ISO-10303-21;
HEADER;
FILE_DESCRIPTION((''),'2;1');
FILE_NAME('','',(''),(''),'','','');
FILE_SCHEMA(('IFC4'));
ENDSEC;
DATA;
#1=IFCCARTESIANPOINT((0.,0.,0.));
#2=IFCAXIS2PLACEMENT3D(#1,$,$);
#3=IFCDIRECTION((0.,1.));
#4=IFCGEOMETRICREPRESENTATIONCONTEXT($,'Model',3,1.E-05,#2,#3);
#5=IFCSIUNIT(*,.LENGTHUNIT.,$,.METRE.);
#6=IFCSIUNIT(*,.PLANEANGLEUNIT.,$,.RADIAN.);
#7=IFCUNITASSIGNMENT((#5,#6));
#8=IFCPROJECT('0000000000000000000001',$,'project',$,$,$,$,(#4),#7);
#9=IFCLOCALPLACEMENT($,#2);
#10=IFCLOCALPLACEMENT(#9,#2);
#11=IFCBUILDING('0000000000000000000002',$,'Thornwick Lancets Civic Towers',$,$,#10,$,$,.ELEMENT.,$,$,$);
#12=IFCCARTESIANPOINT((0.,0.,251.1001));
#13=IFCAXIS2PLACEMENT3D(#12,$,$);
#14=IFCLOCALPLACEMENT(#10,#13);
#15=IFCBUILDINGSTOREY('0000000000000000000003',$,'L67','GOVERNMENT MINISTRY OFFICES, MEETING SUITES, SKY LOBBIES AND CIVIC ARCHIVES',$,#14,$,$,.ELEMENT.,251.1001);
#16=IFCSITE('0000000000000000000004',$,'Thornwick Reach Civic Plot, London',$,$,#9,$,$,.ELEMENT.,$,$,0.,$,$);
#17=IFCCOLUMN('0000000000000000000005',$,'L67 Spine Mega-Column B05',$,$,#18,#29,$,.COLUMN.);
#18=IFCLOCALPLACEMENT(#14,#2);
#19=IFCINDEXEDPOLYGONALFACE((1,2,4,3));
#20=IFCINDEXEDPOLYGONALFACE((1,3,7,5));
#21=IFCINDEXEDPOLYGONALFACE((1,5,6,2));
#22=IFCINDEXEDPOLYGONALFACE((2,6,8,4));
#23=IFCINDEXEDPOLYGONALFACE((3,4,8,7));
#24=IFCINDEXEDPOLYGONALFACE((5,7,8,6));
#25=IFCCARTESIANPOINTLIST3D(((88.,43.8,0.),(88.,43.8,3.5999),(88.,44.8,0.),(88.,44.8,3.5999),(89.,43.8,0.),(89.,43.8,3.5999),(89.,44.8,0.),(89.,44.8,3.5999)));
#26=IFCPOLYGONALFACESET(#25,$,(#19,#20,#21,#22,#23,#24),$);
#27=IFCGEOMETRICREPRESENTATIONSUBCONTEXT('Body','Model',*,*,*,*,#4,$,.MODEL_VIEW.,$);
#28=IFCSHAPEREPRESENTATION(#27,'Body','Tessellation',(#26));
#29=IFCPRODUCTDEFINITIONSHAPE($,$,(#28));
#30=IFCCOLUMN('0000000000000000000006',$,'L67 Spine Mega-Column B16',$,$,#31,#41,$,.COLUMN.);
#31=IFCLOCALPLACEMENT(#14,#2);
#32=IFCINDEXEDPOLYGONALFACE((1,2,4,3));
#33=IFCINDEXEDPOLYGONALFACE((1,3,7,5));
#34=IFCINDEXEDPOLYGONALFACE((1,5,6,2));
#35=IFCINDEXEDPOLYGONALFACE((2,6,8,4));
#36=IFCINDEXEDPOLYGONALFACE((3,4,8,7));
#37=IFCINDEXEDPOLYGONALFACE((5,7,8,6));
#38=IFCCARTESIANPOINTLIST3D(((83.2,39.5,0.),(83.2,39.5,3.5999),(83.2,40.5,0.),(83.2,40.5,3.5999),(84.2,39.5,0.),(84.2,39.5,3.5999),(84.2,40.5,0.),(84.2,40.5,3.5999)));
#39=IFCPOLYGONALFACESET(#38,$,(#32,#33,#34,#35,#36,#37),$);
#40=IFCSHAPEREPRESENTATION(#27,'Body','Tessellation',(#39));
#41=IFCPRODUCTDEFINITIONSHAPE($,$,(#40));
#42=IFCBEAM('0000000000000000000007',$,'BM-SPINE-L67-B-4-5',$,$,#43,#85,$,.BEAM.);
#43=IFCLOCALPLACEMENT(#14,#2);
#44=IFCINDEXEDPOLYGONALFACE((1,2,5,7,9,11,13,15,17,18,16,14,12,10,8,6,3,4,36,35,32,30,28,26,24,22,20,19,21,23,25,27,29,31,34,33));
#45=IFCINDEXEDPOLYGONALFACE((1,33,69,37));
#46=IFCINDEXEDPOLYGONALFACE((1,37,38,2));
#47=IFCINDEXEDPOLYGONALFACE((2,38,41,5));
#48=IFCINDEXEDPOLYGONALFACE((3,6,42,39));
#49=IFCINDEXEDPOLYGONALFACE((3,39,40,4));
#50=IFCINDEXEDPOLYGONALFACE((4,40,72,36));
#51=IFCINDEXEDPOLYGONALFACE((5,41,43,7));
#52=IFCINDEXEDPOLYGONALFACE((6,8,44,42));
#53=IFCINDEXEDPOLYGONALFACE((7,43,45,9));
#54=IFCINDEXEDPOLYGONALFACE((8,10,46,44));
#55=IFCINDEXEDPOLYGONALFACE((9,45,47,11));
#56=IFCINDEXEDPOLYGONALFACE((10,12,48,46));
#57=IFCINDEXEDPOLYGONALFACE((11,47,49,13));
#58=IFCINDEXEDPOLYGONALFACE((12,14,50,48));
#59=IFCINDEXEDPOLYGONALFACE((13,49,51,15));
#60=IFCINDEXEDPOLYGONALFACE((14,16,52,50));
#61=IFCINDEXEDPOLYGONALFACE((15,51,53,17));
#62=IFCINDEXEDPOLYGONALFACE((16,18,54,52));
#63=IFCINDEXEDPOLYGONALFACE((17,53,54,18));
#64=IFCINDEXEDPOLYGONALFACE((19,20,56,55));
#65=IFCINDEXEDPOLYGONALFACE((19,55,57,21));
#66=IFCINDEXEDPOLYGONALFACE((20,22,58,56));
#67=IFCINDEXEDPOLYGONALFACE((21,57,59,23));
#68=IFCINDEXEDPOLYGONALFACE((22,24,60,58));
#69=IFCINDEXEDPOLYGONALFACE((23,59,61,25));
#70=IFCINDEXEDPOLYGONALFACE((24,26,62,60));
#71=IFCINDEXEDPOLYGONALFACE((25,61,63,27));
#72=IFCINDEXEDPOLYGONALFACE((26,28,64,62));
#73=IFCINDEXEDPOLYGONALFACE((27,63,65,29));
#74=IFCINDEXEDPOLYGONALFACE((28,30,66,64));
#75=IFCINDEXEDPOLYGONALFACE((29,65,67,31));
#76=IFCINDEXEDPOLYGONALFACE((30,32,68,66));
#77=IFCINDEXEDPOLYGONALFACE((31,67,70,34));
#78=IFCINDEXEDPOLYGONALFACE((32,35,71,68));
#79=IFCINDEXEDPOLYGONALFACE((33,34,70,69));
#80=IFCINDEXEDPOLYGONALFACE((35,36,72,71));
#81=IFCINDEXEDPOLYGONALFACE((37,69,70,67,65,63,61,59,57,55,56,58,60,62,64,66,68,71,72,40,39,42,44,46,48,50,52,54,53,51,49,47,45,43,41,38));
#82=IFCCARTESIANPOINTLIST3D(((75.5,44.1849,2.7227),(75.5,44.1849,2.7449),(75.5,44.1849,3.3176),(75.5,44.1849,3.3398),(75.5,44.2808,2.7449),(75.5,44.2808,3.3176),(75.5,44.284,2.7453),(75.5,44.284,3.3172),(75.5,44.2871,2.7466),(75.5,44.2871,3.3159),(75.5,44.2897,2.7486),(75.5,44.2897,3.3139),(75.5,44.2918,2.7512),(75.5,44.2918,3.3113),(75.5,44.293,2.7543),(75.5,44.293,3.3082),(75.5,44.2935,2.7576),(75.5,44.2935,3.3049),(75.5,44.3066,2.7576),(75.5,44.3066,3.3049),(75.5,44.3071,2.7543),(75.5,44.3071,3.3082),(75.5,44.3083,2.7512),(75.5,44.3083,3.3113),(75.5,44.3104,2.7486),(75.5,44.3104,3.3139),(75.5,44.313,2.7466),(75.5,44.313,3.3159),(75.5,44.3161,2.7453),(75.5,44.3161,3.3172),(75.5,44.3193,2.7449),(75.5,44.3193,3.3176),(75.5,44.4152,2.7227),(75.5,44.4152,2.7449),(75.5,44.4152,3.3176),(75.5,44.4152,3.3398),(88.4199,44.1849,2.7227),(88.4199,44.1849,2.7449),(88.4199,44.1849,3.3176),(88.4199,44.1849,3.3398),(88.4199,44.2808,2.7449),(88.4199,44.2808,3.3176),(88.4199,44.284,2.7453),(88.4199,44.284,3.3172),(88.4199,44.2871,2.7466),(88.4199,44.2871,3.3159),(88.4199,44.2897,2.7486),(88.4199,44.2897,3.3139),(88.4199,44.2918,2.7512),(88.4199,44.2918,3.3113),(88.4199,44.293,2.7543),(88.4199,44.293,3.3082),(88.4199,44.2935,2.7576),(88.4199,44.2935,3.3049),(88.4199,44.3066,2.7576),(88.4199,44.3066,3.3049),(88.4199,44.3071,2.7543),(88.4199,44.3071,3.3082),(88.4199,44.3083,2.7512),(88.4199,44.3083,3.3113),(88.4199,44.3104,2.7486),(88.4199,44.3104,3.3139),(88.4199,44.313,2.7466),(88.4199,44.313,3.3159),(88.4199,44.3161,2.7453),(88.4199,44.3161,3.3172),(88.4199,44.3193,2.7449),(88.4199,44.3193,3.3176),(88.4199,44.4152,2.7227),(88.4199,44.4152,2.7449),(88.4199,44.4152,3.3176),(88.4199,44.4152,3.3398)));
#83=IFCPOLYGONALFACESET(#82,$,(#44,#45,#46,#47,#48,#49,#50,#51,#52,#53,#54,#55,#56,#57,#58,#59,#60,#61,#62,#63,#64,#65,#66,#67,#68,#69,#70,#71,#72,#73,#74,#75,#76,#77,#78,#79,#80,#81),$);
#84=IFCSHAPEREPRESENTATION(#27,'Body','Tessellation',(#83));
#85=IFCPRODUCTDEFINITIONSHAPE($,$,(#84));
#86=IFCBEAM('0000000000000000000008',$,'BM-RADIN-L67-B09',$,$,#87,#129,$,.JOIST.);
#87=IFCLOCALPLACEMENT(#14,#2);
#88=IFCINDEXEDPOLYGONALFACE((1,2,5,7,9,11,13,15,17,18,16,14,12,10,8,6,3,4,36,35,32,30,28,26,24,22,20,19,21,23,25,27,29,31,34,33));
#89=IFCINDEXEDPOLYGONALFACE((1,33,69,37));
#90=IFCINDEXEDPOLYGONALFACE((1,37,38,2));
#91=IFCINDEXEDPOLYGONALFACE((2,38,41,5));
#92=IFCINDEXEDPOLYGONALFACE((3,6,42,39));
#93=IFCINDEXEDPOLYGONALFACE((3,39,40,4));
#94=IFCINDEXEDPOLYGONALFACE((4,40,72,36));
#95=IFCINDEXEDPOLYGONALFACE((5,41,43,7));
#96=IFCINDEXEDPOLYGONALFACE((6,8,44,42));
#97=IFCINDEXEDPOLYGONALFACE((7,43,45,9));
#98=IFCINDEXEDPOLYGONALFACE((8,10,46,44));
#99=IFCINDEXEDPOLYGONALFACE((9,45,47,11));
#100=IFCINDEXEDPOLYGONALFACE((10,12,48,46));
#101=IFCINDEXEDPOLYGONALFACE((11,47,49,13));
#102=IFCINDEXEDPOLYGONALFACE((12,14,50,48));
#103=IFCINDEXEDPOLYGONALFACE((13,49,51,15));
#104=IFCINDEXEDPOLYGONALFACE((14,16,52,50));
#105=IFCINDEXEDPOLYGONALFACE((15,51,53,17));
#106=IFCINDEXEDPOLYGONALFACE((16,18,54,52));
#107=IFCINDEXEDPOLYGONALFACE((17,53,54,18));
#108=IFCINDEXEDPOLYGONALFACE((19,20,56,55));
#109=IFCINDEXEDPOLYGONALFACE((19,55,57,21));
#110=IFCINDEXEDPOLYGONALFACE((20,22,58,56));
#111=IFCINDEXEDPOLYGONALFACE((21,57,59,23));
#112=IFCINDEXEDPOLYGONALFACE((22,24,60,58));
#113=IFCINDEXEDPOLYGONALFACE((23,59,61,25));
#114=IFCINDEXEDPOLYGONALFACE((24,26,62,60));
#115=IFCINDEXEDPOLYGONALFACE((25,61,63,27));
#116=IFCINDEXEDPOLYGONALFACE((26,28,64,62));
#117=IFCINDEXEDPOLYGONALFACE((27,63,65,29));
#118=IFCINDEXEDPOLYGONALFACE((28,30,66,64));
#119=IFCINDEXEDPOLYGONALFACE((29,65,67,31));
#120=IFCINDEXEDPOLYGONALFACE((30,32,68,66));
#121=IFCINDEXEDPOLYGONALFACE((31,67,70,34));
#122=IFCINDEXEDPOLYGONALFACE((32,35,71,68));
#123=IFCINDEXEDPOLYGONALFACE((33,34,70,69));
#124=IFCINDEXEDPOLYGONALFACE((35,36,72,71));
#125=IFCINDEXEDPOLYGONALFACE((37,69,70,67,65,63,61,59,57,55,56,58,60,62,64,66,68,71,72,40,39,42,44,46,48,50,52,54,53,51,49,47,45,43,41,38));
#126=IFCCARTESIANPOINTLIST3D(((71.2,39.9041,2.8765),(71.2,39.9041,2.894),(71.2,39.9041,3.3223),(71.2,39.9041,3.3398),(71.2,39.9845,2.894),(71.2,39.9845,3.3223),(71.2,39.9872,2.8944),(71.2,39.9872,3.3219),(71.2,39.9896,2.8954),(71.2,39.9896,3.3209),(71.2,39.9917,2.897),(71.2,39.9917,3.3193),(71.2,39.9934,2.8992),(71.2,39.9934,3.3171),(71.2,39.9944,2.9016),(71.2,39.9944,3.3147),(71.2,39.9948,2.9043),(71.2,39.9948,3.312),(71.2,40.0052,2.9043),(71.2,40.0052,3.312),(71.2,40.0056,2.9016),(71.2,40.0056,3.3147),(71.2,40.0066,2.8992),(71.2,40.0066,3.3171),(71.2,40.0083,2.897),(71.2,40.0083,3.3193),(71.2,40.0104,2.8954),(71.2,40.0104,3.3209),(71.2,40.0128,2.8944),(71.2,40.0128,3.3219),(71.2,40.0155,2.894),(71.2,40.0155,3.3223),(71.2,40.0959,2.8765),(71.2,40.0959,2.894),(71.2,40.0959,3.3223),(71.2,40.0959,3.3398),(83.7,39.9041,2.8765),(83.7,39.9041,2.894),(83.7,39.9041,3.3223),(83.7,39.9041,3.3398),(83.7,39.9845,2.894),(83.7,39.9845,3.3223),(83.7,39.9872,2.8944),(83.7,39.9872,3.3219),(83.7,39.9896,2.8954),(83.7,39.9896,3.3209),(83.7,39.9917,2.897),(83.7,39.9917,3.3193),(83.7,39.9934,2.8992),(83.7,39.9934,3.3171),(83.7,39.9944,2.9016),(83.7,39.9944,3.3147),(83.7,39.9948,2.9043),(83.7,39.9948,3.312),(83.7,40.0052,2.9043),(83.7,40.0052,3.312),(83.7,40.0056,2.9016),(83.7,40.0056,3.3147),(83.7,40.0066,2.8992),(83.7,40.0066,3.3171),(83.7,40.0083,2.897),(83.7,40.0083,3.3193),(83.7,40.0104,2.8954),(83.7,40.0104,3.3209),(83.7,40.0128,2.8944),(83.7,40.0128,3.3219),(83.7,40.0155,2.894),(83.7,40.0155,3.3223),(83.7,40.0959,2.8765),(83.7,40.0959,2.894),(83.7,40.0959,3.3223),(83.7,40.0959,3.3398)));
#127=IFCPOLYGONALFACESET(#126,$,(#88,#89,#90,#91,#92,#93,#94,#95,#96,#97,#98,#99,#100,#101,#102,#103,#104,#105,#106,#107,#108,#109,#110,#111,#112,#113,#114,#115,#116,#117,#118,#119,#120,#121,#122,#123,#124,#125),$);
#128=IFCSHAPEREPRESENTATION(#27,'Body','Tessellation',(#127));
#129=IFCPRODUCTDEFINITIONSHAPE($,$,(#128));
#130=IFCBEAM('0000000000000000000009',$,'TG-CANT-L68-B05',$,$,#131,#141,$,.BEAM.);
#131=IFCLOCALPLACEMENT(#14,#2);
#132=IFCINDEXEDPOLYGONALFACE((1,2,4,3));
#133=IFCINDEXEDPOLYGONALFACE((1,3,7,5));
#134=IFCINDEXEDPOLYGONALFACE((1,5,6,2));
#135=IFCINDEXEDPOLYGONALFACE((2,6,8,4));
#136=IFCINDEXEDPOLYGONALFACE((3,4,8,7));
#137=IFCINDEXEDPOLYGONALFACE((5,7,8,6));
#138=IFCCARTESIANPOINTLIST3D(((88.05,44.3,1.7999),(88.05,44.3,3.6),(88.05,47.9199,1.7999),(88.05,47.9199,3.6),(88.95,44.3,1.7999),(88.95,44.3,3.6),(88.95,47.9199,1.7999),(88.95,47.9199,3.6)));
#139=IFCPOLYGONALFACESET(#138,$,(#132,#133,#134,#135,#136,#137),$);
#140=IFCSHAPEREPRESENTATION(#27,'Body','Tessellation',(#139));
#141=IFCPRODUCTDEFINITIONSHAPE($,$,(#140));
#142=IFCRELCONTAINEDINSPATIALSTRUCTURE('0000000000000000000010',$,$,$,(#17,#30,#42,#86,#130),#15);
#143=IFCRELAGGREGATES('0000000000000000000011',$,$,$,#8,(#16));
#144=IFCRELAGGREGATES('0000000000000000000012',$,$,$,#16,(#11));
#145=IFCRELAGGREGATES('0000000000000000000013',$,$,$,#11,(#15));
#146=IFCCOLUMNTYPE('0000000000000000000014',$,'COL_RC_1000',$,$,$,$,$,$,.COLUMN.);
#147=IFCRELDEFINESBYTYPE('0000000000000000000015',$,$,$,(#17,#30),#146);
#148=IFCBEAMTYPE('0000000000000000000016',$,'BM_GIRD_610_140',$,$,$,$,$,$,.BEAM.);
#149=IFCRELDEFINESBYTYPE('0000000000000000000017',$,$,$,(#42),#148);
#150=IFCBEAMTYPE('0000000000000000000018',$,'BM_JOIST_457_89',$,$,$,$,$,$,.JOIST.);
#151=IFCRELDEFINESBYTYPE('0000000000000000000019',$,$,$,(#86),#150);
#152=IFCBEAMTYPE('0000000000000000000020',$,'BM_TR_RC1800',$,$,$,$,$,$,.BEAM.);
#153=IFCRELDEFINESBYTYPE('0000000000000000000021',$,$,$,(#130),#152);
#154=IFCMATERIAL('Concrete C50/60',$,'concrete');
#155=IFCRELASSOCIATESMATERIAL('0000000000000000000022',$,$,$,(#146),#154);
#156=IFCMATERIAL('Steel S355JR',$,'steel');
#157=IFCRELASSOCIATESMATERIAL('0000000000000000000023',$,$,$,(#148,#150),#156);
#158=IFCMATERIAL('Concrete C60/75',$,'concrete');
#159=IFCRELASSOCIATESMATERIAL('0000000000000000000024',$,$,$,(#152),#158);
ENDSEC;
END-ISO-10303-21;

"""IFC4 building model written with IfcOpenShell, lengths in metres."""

from ifc_helpers import new_model, si_unit, direction, frame, origin, origin_2d, place, context, subcontext, project, spatial, rectangle, i_section, extrude, material, material_profile, profile_set, type_object, element, save


model = new_model("IFC4")

# Units and contexts
model_context = context("Model", 3, precision=1e-05, world=origin(), true_north=direction((0.0, 1.0)))
body_context = subcontext(model_context, "Body", "Model", "MODEL_VIEW")
ifc_project = project(units=[si_unit("LENGTHUNIT", "METRE"), si_unit("PLANEANGLEUNIT", "RADIAN")], contexts=[model_context])

# Site, building, storey
site_placement = place(None, origin())
site = spatial("IfcSite", under=ifc_project, at=site_placement, Name="Thornwick Reach Civic Plot, London", CompositionType="ELEMENT", RefElevation=0.0)
building_placement = place(site_placement, origin())
building = spatial("IfcBuilding", under=site, at=building_placement, Name="Thornwick Lancets Civic Towers", CompositionType="ELEMENT")
storey_placement = place(building_placement, frame((0.0, 0.0, 251.1001)))
storey = spatial("IfcBuildingStorey", under=building, at=storey_placement, Name="L67", Description="GOVERNMENT MINISTRY OFFICES, MEETING SUITES, SKY LOBBIES AND CIVIC ARCHIVES", CompositionType="ELEMENT", Elevation=251.1001)

# Columns
ifc_material_1 = material(Name="Concrete C50/60", Category="concrete")
ifc_material_profile_1 = material_profile(ifc_material_1, rectangle(XDim=1.0, YDim=1.0, at=origin_2d()), Name="RC 1000x1000")
ifc_profile_set_1 = profile_set([ifc_material_profile_1], Name="Concrete C50/60")
column_type = type_object("IfcColumnType", Name="COL_RC_1000", PredefinedType="COLUMN", material=ifc_profile_set_1)
for number, where, z_axis, x_axis, name in (
    (1, (88.5, 44.3, 0.0), (0.0, 0.0, 1.0), (1.0, 0.0, 0.0), "L67 Spine Mega-Column B05"),
    (2, (83.7, 40.0, 0.0), (0.0, 0.0, 1.0), (1.0, 0.0, 0.0), "L67 Spine Mega-Column B16"),
):
    element("IfcColumn", number, at=place(storey_placement, frame(where, z_axis=z_axis, x_axis=x_axis)), inside=storey, type_object=column_type, Name=name, PredefinedType="COLUMN", context=body_context, shape_type="SweptSolid", body=[
        extrude(rectangle(XDim=1.0, YDim=1.0, at=origin_2d()), origin(), (0.0, 0.0, 1.0), 3.5999),
    ])

# Beams
ifc_material_2 = material(Name="Steel S355JR", Category="steel")
ifc_material_profile_2 = material_profile(ifc_material_2, i_section(OverallWidth=0.2302, OverallDepth=0.6172, WebThickness=0.0132, FlangeThickness=0.0222, FilletRadius=0.0127, at=origin_2d()), Name="UKB 610x229x140")
ifc_profile_set_2 = profile_set([ifc_material_profile_2], Name="Steel S355JR")
beam_type_1 = type_object("IfcBeamType", Name="BM_GIRD_610_140", PredefinedType="BEAM", material=ifc_profile_set_2)
beam_1_placement = place(storey_placement, frame((88.4199, 44.3, 3.0312), z_axis=(-1.0, 0.0, 0.0), x_axis=(0.0, -1.0, 0.0)))
element("IfcBeam", 3, at=beam_1_placement, inside=storey, type_object=beam_type_1, Name="BM-SPINE-L67-B-4-5", PredefinedType="BEAM", context=body_context, shape_type="SweptSolid", body=[
    extrude(i_section(OverallWidth=0.2302, OverallDepth=0.6172, WebThickness=0.0132, FlangeThickness=0.0222, FilletRadius=0.0127, at=origin_2d()), origin(), (0.0, 0.0, 1.0), 12.9199),
])
ifc_material_profile_3 = material_profile(ifc_material_2, i_section(OverallWidth=0.1919, OverallDepth=0.4634, WebThickness=0.0105, FlangeThickness=0.0176, FilletRadius=0.0103, at=origin_2d()), Name="UKB 457x191x89")
ifc_profile_set_3 = profile_set([ifc_material_profile_3], Name="Steel S355JR")
beam_type_2 = type_object("IfcBeamType", Name="BM_JOIST_457_89", PredefinedType="JOIST", material=ifc_profile_set_3)
beam_2_placement = place(storey_placement, frame((83.7, 40.0, 3.1082), z_axis=(-1.0, 0.0, 0.0), x_axis=(0.0, -1.0, 0.0)))
element("IfcBeam", 4, at=beam_2_placement, inside=storey, type_object=beam_type_2, Name="BM-RADIN-L67-B09", PredefinedType="JOIST", context=body_context, shape_type="SweptSolid", body=[
    extrude(i_section(OverallWidth=0.1919, OverallDepth=0.4634, WebThickness=0.0105, FlangeThickness=0.0176, FilletRadius=0.0103, at=origin_2d()), origin(), (0.0, 0.0, 1.0), 12.5),
])
ifc_material_3 = material(Name="Concrete C60/75", Category="concrete")
ifc_material_profile_4 = material_profile(ifc_material_3, rectangle(XDim=0.8999, YDim=1.8, at=origin_2d()), Name="RC 900x1800")
ifc_profile_set_4 = profile_set([ifc_material_profile_4], Name="Concrete C60/75")
beam_type_3 = type_object("IfcBeamType", Name="BM_TR_RC1800", PredefinedType="BEAM", material=ifc_profile_set_4)
beam_3_placement = place(storey_placement, frame((88.5, 44.3, 2.7), z_axis=(0.0, 1.0, 0.0), x_axis=(-1.0, 0.0, 0.0)))
element("IfcBeam", 5, at=beam_3_placement, inside=storey, type_object=beam_type_3, Name="TG-CANT-L68-B05", PredefinedType="BEAM", context=body_context, shape_type="SweptSolid", body=[
    extrude(rectangle(XDim=0.8999, YDim=1.8, at=origin_2d()), origin(), (0.0, 0.0, 1.0), 3.6199),
])

save(model, "model.ifc")
